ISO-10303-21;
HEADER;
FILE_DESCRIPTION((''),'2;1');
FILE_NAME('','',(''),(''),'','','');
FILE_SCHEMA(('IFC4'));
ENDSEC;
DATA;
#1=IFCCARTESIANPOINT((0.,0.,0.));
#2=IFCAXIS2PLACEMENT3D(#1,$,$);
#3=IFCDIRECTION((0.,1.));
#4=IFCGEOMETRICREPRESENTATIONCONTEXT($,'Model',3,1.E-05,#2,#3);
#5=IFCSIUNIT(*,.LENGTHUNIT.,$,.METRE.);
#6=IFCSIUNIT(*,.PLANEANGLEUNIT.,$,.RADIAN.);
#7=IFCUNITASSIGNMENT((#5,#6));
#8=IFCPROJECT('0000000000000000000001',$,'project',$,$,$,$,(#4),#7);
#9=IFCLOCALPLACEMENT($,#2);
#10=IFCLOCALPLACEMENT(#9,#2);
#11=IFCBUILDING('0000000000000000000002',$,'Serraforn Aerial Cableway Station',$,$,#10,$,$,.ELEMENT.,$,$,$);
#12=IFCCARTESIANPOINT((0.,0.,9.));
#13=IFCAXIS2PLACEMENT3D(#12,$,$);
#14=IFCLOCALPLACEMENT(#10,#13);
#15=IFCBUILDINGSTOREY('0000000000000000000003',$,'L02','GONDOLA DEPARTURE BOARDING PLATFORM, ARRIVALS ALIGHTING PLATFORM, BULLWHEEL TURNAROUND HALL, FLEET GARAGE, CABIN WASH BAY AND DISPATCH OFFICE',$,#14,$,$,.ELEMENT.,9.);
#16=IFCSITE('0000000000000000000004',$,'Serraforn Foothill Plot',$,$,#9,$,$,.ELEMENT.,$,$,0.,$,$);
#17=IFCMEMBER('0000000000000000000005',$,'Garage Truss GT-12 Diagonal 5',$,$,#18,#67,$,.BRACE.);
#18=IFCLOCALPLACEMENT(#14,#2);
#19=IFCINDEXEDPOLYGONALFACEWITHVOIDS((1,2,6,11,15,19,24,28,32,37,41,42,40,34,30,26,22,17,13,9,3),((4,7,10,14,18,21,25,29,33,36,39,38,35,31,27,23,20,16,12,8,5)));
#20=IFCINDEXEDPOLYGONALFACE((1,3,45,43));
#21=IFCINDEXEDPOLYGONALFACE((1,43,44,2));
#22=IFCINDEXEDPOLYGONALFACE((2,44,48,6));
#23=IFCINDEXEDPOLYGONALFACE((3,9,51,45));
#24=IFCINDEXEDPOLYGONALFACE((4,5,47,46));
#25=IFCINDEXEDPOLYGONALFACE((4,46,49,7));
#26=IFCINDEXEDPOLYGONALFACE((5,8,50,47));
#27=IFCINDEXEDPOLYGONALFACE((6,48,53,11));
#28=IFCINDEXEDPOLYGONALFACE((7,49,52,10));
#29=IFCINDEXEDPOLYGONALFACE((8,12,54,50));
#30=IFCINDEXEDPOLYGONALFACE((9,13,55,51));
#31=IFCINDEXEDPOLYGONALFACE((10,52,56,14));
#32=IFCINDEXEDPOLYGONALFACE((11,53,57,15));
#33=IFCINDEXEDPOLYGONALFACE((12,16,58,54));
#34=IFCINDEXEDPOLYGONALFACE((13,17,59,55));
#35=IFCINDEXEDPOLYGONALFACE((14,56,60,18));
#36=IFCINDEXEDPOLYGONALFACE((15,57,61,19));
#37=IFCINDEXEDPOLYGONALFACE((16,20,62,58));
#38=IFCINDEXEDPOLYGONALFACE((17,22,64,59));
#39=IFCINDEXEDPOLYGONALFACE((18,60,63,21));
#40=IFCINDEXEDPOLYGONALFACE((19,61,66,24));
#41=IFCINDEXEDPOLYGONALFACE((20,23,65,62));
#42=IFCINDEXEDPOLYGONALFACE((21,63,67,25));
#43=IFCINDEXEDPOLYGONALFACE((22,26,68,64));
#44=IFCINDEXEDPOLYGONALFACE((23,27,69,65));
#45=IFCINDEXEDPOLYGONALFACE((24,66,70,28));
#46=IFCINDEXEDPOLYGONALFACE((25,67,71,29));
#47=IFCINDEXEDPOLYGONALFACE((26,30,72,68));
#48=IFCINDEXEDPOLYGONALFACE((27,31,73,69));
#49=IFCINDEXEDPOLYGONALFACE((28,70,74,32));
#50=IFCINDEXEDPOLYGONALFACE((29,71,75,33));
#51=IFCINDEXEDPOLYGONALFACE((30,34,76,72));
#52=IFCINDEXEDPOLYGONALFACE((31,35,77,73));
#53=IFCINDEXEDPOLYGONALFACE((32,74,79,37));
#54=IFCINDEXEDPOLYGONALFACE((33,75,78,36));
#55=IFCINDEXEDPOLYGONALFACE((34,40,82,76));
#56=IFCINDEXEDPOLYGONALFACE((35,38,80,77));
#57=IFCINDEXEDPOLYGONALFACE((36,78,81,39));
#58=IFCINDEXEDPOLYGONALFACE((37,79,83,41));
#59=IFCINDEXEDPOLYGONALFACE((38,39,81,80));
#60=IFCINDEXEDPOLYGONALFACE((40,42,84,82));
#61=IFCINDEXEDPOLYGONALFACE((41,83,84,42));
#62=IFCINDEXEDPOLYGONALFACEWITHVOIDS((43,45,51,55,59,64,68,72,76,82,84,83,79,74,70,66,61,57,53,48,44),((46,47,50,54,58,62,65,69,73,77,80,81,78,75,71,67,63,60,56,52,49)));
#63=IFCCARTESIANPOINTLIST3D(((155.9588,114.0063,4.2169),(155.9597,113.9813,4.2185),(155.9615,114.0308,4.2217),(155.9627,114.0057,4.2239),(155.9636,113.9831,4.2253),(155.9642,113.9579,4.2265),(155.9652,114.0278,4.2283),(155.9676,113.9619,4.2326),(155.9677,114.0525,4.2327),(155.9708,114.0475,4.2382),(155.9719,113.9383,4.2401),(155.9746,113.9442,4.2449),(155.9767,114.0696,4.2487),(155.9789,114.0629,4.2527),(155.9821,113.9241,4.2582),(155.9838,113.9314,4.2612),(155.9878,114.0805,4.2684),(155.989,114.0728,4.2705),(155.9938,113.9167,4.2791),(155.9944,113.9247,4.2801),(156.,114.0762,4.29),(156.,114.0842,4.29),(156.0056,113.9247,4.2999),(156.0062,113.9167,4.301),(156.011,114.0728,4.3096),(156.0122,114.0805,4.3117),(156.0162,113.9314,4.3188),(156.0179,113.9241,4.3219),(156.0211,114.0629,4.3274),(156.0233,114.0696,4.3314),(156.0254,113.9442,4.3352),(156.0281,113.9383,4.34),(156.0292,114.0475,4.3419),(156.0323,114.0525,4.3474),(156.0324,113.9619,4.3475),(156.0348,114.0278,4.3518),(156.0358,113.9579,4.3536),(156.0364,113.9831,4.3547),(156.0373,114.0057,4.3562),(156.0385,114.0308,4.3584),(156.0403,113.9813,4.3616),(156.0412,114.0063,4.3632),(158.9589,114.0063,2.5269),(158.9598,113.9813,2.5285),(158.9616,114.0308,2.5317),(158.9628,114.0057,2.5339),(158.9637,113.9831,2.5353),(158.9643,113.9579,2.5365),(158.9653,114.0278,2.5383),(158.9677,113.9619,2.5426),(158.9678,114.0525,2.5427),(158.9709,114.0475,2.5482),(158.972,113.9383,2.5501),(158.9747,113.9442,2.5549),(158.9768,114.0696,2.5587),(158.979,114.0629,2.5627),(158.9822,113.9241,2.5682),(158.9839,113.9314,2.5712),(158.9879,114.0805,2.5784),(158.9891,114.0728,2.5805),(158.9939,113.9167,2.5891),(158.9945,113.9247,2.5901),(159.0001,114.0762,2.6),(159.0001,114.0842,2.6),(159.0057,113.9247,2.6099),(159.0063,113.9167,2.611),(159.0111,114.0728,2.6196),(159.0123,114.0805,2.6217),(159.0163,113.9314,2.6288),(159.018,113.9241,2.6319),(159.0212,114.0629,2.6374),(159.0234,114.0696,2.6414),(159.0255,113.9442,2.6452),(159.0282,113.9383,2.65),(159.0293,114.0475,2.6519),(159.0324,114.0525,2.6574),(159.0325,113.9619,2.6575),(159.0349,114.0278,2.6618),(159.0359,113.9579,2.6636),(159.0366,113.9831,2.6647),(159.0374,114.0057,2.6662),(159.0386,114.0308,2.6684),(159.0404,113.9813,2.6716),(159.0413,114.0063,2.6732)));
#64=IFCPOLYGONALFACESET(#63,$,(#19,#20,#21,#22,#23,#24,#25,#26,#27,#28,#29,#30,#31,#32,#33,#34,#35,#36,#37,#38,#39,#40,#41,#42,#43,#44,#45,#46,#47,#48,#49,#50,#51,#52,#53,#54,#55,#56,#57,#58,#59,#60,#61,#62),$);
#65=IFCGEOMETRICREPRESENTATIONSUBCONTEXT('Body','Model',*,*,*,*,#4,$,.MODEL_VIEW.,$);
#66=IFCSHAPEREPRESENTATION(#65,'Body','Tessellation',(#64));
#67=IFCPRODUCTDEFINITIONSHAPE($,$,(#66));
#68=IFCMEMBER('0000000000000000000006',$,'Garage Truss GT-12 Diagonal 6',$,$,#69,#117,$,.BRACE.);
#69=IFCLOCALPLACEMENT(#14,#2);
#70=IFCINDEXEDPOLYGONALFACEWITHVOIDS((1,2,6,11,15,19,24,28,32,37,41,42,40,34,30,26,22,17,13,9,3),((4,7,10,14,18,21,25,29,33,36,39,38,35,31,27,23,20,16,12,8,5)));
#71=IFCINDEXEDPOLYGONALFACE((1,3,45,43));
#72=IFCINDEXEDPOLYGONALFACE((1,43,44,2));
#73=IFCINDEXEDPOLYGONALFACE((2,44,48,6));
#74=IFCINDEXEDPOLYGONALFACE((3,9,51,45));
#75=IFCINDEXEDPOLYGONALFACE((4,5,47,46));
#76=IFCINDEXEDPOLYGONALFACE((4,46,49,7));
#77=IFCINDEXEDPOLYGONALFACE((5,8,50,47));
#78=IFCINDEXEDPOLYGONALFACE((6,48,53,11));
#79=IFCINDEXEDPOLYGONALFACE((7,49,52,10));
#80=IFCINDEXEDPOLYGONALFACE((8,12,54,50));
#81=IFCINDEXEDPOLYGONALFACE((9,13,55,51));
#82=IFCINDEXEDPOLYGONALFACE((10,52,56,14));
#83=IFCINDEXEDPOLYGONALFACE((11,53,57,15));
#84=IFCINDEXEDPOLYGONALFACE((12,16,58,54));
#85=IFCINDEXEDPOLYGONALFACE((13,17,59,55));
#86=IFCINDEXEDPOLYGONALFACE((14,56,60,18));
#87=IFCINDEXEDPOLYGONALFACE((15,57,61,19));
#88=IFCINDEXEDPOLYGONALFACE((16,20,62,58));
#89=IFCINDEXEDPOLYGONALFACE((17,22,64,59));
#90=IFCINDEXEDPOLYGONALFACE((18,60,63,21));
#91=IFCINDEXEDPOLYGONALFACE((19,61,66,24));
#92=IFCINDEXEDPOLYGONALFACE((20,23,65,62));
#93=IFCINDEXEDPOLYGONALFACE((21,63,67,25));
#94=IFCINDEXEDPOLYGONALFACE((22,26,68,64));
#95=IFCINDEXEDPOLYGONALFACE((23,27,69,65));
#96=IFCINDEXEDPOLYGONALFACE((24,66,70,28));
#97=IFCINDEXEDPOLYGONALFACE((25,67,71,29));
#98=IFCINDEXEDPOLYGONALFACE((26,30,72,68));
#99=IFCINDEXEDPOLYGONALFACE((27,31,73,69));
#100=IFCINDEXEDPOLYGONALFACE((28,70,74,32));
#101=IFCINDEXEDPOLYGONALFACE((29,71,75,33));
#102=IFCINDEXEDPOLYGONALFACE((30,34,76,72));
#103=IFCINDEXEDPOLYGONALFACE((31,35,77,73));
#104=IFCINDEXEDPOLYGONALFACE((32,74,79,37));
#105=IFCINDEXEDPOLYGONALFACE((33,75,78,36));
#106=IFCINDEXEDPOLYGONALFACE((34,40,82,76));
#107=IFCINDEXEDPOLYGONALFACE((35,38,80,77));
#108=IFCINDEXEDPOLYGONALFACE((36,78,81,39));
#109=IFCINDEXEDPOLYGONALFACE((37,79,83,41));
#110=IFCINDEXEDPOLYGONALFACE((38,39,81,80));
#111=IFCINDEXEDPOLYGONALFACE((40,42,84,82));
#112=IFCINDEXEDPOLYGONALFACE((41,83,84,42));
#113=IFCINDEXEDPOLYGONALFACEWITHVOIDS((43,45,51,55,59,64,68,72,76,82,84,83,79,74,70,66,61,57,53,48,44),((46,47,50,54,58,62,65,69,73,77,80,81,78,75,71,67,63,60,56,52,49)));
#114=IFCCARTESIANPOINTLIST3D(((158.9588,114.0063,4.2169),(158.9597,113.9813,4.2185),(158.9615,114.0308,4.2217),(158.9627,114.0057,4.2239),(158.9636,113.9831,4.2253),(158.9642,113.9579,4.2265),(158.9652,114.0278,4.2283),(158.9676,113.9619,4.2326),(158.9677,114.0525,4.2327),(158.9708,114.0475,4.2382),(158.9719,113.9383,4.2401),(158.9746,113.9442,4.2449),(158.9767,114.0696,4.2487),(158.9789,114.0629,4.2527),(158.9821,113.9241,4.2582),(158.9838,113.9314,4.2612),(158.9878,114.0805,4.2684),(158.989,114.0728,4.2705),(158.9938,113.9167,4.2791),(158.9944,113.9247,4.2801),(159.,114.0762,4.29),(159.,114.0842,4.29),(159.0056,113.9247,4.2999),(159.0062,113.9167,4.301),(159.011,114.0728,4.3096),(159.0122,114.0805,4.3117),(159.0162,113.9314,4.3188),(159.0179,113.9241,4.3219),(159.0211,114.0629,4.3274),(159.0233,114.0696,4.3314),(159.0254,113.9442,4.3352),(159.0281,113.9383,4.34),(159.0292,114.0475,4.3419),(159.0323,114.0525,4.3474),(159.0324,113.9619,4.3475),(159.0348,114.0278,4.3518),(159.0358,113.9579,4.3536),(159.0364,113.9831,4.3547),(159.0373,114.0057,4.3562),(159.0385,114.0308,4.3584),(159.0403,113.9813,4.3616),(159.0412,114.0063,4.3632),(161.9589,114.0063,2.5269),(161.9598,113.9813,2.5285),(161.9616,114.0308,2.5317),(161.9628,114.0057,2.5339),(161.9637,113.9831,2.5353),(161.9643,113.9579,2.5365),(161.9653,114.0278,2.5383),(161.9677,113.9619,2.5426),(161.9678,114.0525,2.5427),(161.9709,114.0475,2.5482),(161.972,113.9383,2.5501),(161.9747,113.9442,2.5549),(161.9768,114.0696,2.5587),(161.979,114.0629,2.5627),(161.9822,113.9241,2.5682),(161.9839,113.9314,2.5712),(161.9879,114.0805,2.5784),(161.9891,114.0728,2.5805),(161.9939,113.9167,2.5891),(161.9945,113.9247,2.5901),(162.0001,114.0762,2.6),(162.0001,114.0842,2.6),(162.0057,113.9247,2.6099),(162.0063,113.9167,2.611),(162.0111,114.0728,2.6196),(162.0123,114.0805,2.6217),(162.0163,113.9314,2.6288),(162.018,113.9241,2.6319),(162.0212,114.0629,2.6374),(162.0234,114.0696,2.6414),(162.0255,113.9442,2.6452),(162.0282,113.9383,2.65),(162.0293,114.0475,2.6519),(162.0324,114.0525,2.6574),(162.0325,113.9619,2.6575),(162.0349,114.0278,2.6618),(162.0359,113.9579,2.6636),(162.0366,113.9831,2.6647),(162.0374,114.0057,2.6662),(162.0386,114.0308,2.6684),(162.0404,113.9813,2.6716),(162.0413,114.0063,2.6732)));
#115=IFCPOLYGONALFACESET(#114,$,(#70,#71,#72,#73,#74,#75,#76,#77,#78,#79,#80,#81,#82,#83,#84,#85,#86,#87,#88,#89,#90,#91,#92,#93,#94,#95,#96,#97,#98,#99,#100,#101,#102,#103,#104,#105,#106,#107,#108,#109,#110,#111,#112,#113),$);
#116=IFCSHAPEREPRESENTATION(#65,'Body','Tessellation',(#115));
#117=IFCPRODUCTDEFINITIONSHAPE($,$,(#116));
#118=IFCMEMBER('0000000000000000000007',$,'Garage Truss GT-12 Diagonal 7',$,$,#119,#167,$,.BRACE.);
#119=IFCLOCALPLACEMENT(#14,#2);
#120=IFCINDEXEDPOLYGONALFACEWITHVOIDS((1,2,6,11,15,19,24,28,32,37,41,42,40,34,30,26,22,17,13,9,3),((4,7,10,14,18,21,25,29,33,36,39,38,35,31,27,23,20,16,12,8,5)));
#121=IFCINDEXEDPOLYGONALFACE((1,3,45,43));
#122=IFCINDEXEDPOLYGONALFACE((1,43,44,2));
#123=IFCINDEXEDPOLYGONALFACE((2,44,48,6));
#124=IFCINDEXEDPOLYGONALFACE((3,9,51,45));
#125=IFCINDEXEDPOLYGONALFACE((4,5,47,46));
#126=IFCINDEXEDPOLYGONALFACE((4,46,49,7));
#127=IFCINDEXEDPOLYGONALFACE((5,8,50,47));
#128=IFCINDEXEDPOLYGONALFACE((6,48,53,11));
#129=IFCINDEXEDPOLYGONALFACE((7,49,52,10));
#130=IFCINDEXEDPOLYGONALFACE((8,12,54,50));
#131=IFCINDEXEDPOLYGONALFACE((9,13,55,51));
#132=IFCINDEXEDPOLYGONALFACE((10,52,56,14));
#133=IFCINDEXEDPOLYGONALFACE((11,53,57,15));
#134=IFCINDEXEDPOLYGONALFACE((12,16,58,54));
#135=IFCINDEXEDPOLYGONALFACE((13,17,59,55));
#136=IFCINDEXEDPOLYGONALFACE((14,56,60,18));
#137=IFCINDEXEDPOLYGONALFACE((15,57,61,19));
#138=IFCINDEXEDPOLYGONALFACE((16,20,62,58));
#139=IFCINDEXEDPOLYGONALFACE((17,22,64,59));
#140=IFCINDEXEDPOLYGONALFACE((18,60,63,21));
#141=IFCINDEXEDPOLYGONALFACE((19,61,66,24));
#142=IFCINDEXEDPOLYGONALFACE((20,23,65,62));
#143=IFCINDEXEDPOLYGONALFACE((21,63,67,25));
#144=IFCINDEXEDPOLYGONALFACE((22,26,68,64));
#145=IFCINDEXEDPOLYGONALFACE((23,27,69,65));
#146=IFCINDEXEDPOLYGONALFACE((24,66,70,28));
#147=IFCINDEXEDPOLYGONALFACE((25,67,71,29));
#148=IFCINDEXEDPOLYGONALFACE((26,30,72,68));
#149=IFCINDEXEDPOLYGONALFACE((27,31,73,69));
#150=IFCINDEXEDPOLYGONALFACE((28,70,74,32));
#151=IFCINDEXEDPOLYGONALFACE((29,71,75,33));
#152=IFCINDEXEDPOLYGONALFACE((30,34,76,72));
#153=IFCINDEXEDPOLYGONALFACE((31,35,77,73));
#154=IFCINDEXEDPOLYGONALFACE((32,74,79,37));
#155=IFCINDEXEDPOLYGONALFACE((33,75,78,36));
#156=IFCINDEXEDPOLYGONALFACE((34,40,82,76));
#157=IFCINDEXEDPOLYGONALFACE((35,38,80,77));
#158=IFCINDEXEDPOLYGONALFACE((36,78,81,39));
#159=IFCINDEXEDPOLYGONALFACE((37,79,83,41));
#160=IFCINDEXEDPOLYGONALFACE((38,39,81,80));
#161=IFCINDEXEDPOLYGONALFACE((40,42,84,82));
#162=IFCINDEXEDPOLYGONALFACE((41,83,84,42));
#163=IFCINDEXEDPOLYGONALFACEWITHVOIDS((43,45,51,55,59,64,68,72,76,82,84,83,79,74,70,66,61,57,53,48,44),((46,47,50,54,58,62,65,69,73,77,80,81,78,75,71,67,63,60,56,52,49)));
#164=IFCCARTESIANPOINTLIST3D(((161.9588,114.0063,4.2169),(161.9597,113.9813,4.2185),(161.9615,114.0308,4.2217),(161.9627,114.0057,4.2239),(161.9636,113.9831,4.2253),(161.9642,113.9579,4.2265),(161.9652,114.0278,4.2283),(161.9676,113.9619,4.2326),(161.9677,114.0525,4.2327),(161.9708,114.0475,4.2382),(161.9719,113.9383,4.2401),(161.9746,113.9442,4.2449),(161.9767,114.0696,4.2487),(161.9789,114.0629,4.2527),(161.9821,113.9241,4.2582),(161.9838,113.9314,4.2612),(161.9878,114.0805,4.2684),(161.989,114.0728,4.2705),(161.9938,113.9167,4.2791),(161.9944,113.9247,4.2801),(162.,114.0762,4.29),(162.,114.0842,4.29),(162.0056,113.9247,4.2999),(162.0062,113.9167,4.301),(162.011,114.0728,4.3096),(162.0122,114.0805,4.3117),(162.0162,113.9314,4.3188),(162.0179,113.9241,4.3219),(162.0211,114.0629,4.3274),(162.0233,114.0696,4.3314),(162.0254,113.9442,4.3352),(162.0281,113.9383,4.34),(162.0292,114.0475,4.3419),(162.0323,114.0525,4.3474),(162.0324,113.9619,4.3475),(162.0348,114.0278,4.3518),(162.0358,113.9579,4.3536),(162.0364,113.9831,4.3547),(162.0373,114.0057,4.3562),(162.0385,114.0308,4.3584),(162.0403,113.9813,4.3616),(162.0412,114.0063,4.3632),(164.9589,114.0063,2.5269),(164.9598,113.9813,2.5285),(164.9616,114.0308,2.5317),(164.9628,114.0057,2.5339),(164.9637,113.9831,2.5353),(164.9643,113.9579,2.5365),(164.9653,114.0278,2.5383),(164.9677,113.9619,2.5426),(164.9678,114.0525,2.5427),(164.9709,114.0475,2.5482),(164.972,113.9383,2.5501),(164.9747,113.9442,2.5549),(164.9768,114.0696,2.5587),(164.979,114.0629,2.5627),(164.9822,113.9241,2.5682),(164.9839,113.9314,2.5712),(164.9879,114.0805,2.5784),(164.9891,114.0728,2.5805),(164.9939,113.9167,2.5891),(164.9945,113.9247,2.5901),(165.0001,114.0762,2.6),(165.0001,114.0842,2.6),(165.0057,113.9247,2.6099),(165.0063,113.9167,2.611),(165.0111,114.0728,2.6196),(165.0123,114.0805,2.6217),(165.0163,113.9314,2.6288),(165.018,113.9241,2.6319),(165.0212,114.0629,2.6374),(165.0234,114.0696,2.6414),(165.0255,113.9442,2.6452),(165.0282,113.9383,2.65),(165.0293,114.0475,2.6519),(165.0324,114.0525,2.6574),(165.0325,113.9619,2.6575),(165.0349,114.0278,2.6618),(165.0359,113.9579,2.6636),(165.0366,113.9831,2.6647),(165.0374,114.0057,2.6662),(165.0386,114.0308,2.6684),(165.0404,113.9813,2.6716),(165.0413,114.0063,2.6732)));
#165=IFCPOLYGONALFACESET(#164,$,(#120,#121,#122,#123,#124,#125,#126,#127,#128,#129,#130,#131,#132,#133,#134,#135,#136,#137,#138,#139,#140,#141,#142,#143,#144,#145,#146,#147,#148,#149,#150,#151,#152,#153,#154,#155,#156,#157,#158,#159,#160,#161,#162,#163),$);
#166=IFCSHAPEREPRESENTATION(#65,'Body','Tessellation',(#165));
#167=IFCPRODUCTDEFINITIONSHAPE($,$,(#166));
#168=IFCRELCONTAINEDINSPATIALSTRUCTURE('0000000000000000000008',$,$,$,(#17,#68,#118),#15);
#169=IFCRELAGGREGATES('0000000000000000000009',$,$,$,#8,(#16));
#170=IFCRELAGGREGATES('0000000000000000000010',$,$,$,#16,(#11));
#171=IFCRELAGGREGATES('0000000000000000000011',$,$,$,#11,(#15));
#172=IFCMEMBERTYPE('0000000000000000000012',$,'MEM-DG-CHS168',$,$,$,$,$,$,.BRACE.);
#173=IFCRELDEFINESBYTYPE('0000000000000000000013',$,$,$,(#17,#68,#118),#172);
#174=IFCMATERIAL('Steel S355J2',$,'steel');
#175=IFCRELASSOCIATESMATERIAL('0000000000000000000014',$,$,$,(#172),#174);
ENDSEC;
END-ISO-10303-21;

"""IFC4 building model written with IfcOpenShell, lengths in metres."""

from ifc_helpers import new_model, si_unit, direction, frame, origin, origin_2d, place, context, subcontext, project, spatial, hollow_circle, extrude, material, material_profile, profile_set, type_object, element, save


model = new_model("IFC4")

# Units and contexts
model_context = context("Model", 3, precision=1e-05, world=origin(), true_north=direction((0.0, 1.0)))
body_context = subcontext(model_context, "Body", "Model", "MODEL_VIEW")
ifc_project = project(units=[si_unit("LENGTHUNIT", "METRE"), si_unit("PLANEANGLEUNIT", "RADIAN")], contexts=[model_context])

# Site, building, storey
site_placement = place(None, origin())
site = spatial("IfcSite", under=ifc_project, at=site_placement, Name="Serraforn Foothill Plot", CompositionType="ELEMENT", RefElevation=0.0)
building_placement = place(site_placement, origin())
building = spatial("IfcBuilding", under=site, at=building_placement, Name="Serraforn Aerial Cableway Station", CompositionType="ELEMENT")
storey_placement = place(building_placement, frame((0.0, 0.0, 9.0)))
storey = spatial("IfcBuildingStorey", under=building, at=storey_placement, Name="L02", Description="GONDOLA DEPARTURE BOARDING PLATFORM, ARRIVALS ALIGHTING PLATFORM, BULLWHEEL TURNAROUND HALL, FLEET GARAGE, CABIN WASH BAY AND DISPATCH OFFICE", CompositionType="ELEMENT", Elevation=9.0)

# Shared definitions
ifc_material_1 = material(Name="Steel S355J2", Category="steel")

# Members
ifc_material_profile_1 = material_profile(ifc_material_1, hollow_circle(Radius=0.0842, WallThickness=0.0081, at=origin_2d()), Name="CHS 168.3x8.0")
ifc_profile_set_1 = profile_set([ifc_material_profile_1], Name="Steel S355J2")
member_type_1 = type_object("IfcMemberType", Name="MEM-DG-CHS168", PredefinedType="BRACE", material=ifc_profile_set_1)
for number, where, z_axis, x_axis, name in (
    (1, (156.0, 114.0, 4.29), (0.871272, 0.0, -0.4908), (0.0, 1.0, 0.0), "Garage Truss GT-12 Diagonal 5"),
    (2, (159.0, 114.0, 4.29), (0.871272, 0.0, -0.4908), (0.0, 1.0, 0.0), "Garage Truss GT-12 Diagonal 6"),
    (3, (162.0, 114.0, 4.29), (0.871272, 0.0, -0.4908), (0.0, 1.0, 0.0), "Garage Truss GT-12 Diagonal 7"),
):
    element("IfcMember", number, at=place(storey_placement, frame(where, z_axis=z_axis, x_axis=x_axis)), inside=storey, type_object=member_type_1, Name=name, PredefinedType="BRACE", context=body_context, shape_type="SweptSolid", body=[
        extrude(hollow_circle(Radius=0.0842, WallThickness=0.0081, at=origin_2d()), origin(), (0.0, 0.0, 1.0), 3.4434),
    ])

save(model, "model.ifc")
